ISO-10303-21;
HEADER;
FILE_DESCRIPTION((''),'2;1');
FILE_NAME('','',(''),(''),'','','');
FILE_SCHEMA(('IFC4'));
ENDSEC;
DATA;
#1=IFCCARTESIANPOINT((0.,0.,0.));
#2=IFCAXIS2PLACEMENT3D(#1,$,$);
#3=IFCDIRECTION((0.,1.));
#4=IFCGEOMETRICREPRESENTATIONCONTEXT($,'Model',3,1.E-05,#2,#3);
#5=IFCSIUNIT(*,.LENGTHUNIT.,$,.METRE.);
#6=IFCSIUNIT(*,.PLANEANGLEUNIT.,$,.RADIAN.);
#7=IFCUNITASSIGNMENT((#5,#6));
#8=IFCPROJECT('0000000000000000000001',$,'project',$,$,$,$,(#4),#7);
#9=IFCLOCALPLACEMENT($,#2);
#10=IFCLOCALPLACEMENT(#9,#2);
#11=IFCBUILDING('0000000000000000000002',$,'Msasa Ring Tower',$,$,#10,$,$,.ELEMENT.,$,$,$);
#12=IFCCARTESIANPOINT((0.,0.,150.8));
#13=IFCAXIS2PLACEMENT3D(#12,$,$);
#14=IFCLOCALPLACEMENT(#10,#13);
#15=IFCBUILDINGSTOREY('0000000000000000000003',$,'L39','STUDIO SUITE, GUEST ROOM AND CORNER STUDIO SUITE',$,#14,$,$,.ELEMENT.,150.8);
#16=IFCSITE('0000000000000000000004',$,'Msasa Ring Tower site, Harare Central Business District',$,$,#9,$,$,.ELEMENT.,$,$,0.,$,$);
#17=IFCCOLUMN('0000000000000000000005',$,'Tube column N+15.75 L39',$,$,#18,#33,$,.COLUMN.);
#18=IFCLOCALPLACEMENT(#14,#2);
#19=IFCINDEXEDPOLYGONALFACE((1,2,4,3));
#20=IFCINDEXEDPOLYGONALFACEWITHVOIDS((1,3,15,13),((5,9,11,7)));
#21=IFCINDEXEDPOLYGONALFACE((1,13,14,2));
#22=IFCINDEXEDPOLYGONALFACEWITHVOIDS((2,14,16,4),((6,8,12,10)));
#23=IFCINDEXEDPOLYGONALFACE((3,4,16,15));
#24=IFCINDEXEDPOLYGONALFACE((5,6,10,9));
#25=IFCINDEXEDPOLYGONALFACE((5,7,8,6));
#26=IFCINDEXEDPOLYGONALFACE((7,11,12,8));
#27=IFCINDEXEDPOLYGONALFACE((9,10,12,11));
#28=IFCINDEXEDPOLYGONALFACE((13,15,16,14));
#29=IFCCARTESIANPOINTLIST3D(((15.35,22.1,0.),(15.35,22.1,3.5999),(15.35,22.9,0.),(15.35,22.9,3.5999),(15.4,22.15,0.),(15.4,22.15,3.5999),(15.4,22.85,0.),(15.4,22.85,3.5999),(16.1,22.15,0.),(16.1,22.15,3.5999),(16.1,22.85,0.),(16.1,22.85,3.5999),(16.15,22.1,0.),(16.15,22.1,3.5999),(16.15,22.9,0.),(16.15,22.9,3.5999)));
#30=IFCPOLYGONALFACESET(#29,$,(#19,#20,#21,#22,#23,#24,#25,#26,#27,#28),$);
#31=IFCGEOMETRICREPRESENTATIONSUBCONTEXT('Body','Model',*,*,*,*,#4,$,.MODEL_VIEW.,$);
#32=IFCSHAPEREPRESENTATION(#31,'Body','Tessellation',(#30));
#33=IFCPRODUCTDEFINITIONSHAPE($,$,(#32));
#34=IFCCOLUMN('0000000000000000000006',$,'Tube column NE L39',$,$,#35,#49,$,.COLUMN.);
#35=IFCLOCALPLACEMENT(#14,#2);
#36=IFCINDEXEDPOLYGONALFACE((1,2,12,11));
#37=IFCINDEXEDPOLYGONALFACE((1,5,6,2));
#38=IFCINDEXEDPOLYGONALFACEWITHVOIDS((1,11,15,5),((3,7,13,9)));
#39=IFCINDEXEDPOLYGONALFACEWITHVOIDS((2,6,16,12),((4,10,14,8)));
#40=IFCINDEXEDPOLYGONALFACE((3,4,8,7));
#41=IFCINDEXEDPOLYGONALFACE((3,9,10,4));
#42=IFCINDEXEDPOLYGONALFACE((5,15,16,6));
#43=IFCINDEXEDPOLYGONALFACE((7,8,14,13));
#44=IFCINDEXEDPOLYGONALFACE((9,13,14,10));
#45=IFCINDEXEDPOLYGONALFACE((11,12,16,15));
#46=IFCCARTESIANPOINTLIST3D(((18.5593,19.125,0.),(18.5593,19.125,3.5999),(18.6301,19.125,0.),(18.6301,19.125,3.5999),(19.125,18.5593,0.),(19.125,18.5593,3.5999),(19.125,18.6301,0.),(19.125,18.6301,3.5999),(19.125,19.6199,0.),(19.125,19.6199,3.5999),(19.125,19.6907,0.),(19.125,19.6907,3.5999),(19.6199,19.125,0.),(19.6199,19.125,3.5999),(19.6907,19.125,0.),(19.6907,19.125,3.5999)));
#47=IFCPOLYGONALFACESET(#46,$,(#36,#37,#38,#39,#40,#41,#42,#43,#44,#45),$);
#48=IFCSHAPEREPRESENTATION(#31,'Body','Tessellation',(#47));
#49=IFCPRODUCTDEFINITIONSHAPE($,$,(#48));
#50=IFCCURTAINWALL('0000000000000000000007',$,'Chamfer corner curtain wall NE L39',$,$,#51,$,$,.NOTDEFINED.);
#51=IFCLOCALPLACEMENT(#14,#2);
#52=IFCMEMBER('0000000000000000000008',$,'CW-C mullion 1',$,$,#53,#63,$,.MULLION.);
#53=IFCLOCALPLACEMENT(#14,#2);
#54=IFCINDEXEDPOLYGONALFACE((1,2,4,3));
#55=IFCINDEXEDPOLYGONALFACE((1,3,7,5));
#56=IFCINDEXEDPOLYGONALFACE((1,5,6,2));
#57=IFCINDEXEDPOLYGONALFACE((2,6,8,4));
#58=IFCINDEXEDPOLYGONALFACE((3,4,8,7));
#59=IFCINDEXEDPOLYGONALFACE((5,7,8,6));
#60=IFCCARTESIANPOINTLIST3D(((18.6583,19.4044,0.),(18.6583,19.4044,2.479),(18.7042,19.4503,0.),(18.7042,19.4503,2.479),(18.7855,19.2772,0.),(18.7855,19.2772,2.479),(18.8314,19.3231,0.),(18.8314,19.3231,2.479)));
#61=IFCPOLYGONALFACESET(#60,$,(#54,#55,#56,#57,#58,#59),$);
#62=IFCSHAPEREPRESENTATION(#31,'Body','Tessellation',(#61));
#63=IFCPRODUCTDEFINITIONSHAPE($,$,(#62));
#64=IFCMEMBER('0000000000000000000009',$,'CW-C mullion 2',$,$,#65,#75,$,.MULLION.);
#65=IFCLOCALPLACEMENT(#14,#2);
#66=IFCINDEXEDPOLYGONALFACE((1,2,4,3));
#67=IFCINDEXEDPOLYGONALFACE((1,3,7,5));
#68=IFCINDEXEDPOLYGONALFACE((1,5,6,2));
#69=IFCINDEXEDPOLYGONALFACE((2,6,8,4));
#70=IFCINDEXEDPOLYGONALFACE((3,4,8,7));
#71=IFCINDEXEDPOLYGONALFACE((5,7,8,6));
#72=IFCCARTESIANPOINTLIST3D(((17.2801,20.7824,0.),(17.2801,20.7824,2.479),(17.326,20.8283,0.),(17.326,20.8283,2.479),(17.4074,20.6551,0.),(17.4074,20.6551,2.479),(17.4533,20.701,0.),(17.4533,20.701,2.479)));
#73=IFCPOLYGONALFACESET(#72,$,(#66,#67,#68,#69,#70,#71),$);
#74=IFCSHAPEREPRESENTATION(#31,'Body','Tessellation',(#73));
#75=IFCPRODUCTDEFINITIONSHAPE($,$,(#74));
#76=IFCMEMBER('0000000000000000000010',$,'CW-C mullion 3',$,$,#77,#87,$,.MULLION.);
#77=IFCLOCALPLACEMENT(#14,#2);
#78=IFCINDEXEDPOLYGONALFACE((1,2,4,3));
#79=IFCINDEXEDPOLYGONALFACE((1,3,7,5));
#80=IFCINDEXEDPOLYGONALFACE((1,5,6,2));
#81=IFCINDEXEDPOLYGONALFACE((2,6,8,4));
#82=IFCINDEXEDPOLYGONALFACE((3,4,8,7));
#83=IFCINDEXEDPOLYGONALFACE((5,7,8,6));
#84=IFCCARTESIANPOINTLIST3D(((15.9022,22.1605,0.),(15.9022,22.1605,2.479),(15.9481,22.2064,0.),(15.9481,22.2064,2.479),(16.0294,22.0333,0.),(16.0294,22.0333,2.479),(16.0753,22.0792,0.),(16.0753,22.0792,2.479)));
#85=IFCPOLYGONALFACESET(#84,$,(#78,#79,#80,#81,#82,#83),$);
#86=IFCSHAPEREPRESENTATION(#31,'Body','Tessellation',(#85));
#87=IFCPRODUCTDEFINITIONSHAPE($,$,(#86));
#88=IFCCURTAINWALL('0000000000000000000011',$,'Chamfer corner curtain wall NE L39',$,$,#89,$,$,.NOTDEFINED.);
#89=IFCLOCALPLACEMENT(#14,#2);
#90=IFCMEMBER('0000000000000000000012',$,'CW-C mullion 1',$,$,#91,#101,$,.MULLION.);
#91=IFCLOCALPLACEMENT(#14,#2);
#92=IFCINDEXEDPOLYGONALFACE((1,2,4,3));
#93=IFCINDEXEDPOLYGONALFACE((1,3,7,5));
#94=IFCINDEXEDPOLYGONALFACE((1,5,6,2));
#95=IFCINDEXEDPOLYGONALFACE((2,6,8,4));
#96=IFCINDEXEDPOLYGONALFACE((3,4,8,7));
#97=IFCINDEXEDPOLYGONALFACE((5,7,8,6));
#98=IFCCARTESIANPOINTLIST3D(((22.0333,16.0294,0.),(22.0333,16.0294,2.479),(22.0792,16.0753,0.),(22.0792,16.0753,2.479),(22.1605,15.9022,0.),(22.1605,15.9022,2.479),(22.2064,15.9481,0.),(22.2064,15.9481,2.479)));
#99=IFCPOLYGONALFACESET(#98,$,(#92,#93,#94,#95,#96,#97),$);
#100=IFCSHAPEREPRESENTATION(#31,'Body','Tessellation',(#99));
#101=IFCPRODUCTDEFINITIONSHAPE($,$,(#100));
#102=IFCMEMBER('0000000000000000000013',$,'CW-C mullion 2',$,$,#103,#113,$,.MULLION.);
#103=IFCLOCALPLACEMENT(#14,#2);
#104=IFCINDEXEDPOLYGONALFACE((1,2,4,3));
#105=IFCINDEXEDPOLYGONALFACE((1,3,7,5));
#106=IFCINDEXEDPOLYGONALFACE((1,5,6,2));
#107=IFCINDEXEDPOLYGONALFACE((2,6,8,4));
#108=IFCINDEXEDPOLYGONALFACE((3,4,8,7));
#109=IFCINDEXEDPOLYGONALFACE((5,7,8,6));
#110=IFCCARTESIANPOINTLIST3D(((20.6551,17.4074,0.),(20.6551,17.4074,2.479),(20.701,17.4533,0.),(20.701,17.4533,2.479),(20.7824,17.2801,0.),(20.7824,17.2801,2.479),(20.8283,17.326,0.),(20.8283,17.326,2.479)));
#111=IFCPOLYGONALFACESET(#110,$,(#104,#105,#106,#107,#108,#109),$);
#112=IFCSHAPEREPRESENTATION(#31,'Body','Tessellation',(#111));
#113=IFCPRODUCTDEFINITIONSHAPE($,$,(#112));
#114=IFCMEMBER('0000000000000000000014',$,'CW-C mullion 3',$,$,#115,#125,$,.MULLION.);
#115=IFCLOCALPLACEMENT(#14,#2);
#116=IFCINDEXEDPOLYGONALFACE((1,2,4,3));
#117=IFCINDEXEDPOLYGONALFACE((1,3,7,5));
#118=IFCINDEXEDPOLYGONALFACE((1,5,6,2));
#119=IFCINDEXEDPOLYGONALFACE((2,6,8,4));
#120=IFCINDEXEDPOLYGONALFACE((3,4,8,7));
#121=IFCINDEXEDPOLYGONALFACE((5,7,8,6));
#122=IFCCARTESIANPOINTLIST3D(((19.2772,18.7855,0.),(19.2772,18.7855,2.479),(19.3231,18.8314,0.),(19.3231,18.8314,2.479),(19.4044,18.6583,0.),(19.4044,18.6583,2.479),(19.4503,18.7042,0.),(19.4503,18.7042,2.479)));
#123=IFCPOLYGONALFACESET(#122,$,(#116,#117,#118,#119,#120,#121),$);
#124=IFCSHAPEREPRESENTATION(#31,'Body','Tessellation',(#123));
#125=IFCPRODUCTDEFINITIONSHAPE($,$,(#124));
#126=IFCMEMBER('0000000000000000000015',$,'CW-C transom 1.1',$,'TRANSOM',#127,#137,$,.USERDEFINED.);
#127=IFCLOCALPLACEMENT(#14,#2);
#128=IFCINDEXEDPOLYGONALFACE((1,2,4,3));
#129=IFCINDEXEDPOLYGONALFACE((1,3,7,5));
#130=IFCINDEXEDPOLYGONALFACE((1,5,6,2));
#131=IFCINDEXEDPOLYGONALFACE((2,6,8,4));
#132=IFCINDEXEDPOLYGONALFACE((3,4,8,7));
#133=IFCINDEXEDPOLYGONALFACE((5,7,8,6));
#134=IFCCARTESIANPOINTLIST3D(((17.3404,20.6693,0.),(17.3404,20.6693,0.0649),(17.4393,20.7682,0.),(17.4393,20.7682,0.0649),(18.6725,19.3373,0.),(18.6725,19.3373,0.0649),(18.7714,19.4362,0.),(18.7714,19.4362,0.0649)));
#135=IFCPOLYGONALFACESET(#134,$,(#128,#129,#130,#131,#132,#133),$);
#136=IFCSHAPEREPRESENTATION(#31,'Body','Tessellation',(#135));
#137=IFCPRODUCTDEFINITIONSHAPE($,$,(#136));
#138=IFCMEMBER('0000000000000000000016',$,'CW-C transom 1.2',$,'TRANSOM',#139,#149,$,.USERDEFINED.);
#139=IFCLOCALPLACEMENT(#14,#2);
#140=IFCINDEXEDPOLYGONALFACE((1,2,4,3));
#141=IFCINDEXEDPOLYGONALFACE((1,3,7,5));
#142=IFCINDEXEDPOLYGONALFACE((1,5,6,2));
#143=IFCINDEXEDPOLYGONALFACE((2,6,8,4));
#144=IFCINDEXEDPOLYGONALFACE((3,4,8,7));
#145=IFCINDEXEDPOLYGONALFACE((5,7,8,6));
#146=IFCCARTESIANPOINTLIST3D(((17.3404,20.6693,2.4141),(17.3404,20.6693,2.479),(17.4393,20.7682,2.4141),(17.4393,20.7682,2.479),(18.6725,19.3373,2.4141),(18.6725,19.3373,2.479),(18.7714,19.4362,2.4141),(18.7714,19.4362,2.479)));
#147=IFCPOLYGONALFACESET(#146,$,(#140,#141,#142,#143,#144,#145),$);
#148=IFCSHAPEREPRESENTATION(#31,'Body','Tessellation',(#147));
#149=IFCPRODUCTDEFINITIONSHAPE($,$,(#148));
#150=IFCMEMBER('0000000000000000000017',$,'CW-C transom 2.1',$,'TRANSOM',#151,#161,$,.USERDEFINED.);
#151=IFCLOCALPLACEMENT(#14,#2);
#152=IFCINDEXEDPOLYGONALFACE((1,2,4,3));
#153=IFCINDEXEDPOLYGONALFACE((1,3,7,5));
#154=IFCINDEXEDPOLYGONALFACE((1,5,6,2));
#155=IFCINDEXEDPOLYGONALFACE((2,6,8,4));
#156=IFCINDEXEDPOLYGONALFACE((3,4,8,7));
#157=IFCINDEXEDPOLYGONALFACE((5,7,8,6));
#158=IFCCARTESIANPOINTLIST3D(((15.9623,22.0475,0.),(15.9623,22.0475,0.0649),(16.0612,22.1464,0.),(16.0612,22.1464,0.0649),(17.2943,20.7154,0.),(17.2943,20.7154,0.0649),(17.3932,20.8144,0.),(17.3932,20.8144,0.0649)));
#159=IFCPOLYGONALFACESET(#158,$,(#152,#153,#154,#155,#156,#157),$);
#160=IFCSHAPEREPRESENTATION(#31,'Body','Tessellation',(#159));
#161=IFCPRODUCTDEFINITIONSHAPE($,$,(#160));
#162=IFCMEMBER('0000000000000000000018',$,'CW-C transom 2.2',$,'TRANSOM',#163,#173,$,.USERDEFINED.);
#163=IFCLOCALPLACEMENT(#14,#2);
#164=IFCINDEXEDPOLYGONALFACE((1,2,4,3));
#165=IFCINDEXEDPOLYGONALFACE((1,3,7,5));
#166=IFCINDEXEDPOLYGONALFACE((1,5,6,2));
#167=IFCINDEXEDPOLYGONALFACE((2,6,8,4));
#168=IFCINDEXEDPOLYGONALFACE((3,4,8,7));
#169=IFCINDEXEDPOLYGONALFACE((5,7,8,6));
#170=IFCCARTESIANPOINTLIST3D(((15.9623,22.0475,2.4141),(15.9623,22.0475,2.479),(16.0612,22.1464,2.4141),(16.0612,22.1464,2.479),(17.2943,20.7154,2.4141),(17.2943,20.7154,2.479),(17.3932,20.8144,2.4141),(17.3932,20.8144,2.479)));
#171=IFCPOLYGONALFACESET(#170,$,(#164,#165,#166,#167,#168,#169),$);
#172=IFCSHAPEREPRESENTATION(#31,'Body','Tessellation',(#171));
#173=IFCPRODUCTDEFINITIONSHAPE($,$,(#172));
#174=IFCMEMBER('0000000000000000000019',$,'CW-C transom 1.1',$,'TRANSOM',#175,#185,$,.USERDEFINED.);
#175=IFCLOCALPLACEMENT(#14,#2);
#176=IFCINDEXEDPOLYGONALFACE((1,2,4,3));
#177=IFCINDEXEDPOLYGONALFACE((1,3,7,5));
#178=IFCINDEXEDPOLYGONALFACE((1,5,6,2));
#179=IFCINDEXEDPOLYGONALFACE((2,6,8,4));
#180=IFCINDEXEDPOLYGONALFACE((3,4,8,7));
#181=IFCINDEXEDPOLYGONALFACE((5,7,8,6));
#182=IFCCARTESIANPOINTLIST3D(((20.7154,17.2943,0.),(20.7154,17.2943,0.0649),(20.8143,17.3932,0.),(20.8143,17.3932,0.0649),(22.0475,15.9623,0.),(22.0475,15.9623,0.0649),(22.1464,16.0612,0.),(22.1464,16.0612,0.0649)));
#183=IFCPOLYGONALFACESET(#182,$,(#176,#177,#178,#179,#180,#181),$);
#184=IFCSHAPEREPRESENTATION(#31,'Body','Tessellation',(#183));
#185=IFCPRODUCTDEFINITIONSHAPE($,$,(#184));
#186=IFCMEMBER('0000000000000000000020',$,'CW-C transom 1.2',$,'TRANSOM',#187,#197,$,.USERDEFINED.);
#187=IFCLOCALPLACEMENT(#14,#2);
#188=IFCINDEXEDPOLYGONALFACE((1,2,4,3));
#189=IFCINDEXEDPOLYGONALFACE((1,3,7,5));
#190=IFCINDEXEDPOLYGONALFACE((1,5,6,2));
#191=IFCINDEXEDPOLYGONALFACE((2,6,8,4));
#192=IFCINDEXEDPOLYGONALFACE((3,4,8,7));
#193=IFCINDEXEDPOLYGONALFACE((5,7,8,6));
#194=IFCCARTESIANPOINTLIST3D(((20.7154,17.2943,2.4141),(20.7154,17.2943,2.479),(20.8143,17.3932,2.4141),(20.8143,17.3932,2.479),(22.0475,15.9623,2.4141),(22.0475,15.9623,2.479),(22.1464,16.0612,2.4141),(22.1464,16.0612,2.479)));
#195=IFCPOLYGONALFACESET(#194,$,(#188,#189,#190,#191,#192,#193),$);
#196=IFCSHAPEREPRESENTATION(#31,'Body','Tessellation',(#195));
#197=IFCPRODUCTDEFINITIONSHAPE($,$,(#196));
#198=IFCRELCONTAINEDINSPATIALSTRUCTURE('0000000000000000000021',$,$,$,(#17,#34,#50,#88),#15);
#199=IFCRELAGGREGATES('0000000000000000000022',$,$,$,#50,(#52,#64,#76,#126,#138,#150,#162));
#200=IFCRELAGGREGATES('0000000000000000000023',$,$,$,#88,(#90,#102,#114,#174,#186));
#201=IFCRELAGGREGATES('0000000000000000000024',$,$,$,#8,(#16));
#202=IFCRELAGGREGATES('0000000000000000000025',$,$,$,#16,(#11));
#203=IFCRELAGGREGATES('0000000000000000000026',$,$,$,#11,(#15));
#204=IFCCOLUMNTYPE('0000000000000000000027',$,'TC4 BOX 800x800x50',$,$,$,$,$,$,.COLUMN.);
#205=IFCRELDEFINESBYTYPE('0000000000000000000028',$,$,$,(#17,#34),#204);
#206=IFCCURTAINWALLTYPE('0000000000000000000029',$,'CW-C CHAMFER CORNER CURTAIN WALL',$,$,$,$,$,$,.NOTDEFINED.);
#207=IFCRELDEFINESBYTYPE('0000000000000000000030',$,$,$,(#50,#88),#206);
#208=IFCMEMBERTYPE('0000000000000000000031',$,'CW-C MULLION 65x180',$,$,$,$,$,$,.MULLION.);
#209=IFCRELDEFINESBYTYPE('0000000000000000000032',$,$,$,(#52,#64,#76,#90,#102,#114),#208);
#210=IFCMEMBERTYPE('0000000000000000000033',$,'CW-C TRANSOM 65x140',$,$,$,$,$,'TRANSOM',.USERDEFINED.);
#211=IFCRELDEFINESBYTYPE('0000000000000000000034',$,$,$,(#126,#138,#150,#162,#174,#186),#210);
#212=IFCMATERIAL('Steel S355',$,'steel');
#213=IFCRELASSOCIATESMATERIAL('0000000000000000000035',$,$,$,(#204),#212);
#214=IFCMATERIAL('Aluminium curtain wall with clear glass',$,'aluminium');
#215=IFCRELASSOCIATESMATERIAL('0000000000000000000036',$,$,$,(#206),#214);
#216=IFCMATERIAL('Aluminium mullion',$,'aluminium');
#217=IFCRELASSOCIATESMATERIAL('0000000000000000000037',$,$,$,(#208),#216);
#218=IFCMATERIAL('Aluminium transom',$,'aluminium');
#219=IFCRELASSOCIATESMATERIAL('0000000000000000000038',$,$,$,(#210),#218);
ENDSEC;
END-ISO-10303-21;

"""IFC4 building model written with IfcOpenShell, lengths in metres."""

from ifc_helpers import new_model, si_unit, direction, frame, origin, origin_2d, place, context, subcontext, project, spatial, rectangle, hollow_rectangle, extrude, material, material_profile, profile_set, type_object, element, aggregate, save


model = new_model("IFC4")

# Units and contexts
model_context = context("Model", 3, precision=1e-05, world=origin(), true_north=direction((0.0, 1.0)))
body_context = subcontext(model_context, "Body", "Model", "MODEL_VIEW")
ifc_project = project(units=[si_unit("LENGTHUNIT", "METRE"), si_unit("PLANEANGLEUNIT", "RADIAN")], contexts=[model_context])

# Site, building, storey
site_placement = place(None, origin())
site = spatial("IfcSite", under=ifc_project, at=site_placement, Name="Msasa Ring Tower site, Harare Central Business District", CompositionType="ELEMENT", RefElevation=0.0)
building_placement = place(site_placement, origin())
building = spatial("IfcBuilding", under=site, at=building_placement, Name="Msasa Ring Tower", CompositionType="ELEMENT")
storey_placement = place(building_placement, frame((0.0, 0.0, 150.8)))
storey = spatial("IfcBuildingStorey", under=building, at=storey_placement, Name="L39", Description="STUDIO SUITE, GUEST ROOM AND CORNER STUDIO SUITE", CompositionType="ELEMENT", Elevation=150.8)

# Columns
ifc_material_1 = material(Name="Steel S355", Category="steel")
ifc_material_profile_1 = material_profile(ifc_material_1, hollow_rectangle(XDim=0.8, YDim=0.8, WallThickness=0.05, at=origin_2d()), Name="BOX 800x800x50")
ifc_profile_set_1 = profile_set([ifc_material_profile_1], Name="Steel S355")
column_type = type_object("IfcColumnType", Name="TC4 BOX 800x800x50", PredefinedType="COLUMN", material=ifc_profile_set_1)
for number, where, z_axis, x_axis, name in (
    (1, (15.75, 22.5, 0.0), (0.0, 0.0, 1.0), (0.0, 1.0, 0.0), "Tube column N+15.75 L39"),
    (2, (19.125, 19.125, 0.0), (0.0, 0.0, 1.0), (0.707107, 0.707107, 0.0), "Tube column NE L39"),
):
    element("IfcColumn", number, at=place(storey_placement, frame(where, z_axis=z_axis, x_axis=x_axis)), inside=storey, type_object=column_type, Name=name, PredefinedType="COLUMN", context=body_context, shape_type="SweptSolid", body=[
        extrude(hollow_rectangle(XDim=0.8, YDim=0.8, WallThickness=0.05, at=origin_2d()), origin(), (0.0, 0.0, 1.0), 3.5999),
    ])

# Curtain walls, members
ifc_material_2 = material(Name="Aluminium curtain wall with clear glass", Category="aluminium")
curtain_wall_type = type_object("IfcCurtainWallType", Name="CW-C CHAMFER CORNER CURTAIN WALL", PredefinedType="NOTDEFINED", material=ifc_material_2)
curtain_wall_1_placement = place(storey_placement, origin())
curtain_wall_1 = element("IfcCurtainWall", 3, at=curtain_wall_1_placement, inside=storey, type_object=curtain_wall_type, Name="Chamfer corner curtain wall NE L39", PredefinedType="NOTDEFINED")
ifc_material_3 = material(Name="Aluminium mullion", Category="aluminium")
ifc_material_profile_2 = material_profile(ifc_material_3, rectangle(XDim=0.0649, YDim=0.1799, at=origin_2d()), Name="AL 65x180")
ifc_profile_set_2 = profile_set([ifc_material_profile_2], Name="Aluminium mullion")
member_type_1 = type_object("IfcMemberType", Name="CW-C MULLION 65x180", PredefinedType="MULLION", material=ifc_profile_set_2)
member_1_placement = place(storey_placement, frame((18.7449, 19.3638, 0.0), z_axis=(0.0, 0.0, 1.0), x_axis=(-0.707107, -0.707107, 0.0)))
member_1 = element("IfcMember", 4, at=member_1_placement, type_object=member_type_1, Name="CW-C mullion 1", PredefinedType="MULLION", context=body_context, shape_type="SweptSolid", body=[
    extrude(rectangle(XDim=0.0649, YDim=0.1799, at=origin_2d()), origin(), (0.0, 0.0, 1.0), 2.479),
])
member_2_placement = place(storey_placement, frame((17.3667, 20.7417, 0.0), z_axis=(0.0, 0.0, 1.0), x_axis=(-0.707107, -0.707107, 0.0)))
member_2 = element("IfcMember", 5, at=member_2_placement, type_object=member_type_1, Name="CW-C mullion 2", PredefinedType="MULLION", context=body_context, shape_type="SweptSolid", body=[
    extrude(rectangle(XDim=0.0649, YDim=0.1799, at=origin_2d()), origin(), (0.0, 0.0, 1.0), 2.479),
])
member_3_placement = place(storey_placement, frame((15.9888, 22.1199, 0.0), z_axis=(0.0, 0.0, 1.0), x_axis=(-0.707107, -0.707107, 0.0)))
member_3 = element("IfcMember", 6, at=member_3_placement, type_object=member_type_1, Name="CW-C mullion 3", PredefinedType="MULLION", context=body_context, shape_type="SweptSolid", body=[
    extrude(rectangle(XDim=0.0649, YDim=0.1799, at=origin_2d()), origin(), (0.0, 0.0, 1.0), 2.479),
])
curtain_wall_2_placement = place(storey_placement, origin())
curtain_wall_2 = element("IfcCurtainWall", 7, at=curtain_wall_2_placement, inside=storey, type_object=curtain_wall_type, Name="Chamfer corner curtain wall NE L39", PredefinedType="NOTDEFINED")
member_4_placement = place(storey_placement, frame((22.1199, 15.9888, 0.0), z_axis=(0.0, 0.0, 1.0), x_axis=(-0.707107, -0.707107, 0.0)))
member_4 = element("IfcMember", 8, at=member_4_placement, type_object=member_type_1, Name="CW-C mullion 1", PredefinedType="MULLION", context=body_context, shape_type="SweptSolid", body=[
    extrude(rectangle(XDim=0.0649, YDim=0.1799, at=origin_2d()), origin(), (0.0, 0.0, 1.0), 2.479),
])
member_5_placement = place(storey_placement, frame((20.7417, 17.3667, 0.0), z_axis=(0.0, 0.0, 1.0), x_axis=(-0.707107, -0.707107, 0.0)))
member_5 = element("IfcMember", 9, at=member_5_placement, type_object=member_type_1, Name="CW-C mullion 2", PredefinedType="MULLION", context=body_context, shape_type="SweptSolid", body=[
    extrude(rectangle(XDim=0.0649, YDim=0.1799, at=origin_2d()), origin(), (0.0, 0.0, 1.0), 2.479),
])
member_6_placement = place(storey_placement, frame((19.3638, 18.7449, 0.0), z_axis=(0.0, 0.0, 1.0), x_axis=(-0.707107, -0.707107, 0.0)))
member_6 = element("IfcMember", 10, at=member_6_placement, type_object=member_type_1, Name="CW-C mullion 3", PredefinedType="MULLION", context=body_context, shape_type="SweptSolid", body=[
    extrude(rectangle(XDim=0.0649, YDim=0.1799, at=origin_2d()), origin(), (0.0, 0.0, 1.0), 2.479),
])

# Members
ifc_material_4 = material(Name="Aluminium transom", Category="aluminium")
ifc_material_profile_3 = material_profile(ifc_material_4, rectangle(XDim=0.1399, YDim=0.0649, at=origin_2d()), Name="AL 65x140")
ifc_profile_set_3 = profile_set([ifc_material_profile_3], Name="Aluminium transom")
member_type_2 = type_object("IfcMemberType", Name="CW-C TRANSOM 65x140", ElementType="TRANSOM", PredefinedType="USERDEFINED", material=ifc_profile_set_3)
member_7_placement = place(storey_placement, frame((18.7219, 19.3867, 0.0325), z_axis=(-0.707107, 0.707107, 0.0), x_axis=(-0.707107, -0.707107, 0.0)))
member_7 = element("IfcMember", 11, at=member_7_placement, type_object=member_type_2, Name="CW-C transom 1.1", ObjectType="TRANSOM", PredefinedType="USERDEFINED", context=body_context, shape_type="SweptSolid", body=[
    extrude(rectangle(XDim=0.1399, YDim=0.0649, at=origin_2d()), origin(), (0.0, 0.0, 1.0), 1.8838),
])
member_8_placement = place(storey_placement, frame((18.7219, 19.3867, 2.4465), z_axis=(-0.707107, 0.707107, 0.0), x_axis=(-0.707107, -0.707107, 0.0)))
member_8 = element("IfcMember", 12, at=member_8_placement, type_object=member_type_2, Name="CW-C transom 1.2", ObjectType="TRANSOM", PredefinedType="USERDEFINED", context=body_context, shape_type="SweptSolid", body=[
    extrude(rectangle(XDim=0.1399, YDim=0.0649, at=origin_2d()), origin(), (0.0, 0.0, 1.0), 1.8838),
])
member_9_placement = place(storey_placement, frame((17.3438, 20.7649, 0.0325), z_axis=(-0.707107, 0.707107, 0.0), x_axis=(-0.707107, -0.707107, 0.0)))
member_9 = element("IfcMember", 13, at=member_9_placement, type_object=member_type_2, Name="CW-C transom 2.1", ObjectType="TRANSOM", PredefinedType="USERDEFINED", context=body_context, shape_type="SweptSolid", body=[
    extrude(rectangle(XDim=0.1399, YDim=0.0649, at=origin_2d()), origin(), (0.0, 0.0, 1.0), 1.8838),
])
member_10_placement = place(storey_placement, frame((17.3438, 20.7649, 2.4465), z_axis=(-0.707107, 0.707107, 0.0), x_axis=(-0.707107, -0.707107, 0.0)))
member_10 = element("IfcMember", 14, at=member_10_placement, type_object=member_type_2, Name="CW-C transom 2.2", ObjectType="TRANSOM", PredefinedType="USERDEFINED", context=body_context, shape_type="SweptSolid", body=[
    extrude(rectangle(XDim=0.1399, YDim=0.0649, at=origin_2d()), origin(), (0.0, 0.0, 1.0), 1.8838),
])
member_11_placement = place(storey_placement, frame((22.0969, 16.0117, 0.0325), z_axis=(-0.707107, 0.707107, 0.0), x_axis=(-0.707107, -0.707107, 0.0)))
member_11 = element("IfcMember", 15, at=member_11_placement, type_object=member_type_2, Name="CW-C transom 1.1", ObjectType="TRANSOM", PredefinedType="USERDEFINED", context=body_context, shape_type="SweptSolid", body=[
    extrude(rectangle(XDim=0.1399, YDim=0.0649, at=origin_2d()), origin(), (0.0, 0.0, 1.0), 1.8838),
])
member_12_placement = place(storey_placement, frame((22.0969, 16.0117, 2.4465), z_axis=(-0.707107, 0.707107, 0.0), x_axis=(-0.707107, -0.707107, 0.0)))
member_12 = element("IfcMember", 16, at=member_12_placement, type_object=member_type_2, Name="CW-C transom 1.2", ObjectType="TRANSOM", PredefinedType="USERDEFINED", context=body_context, shape_type="SweptSolid", body=[
    extrude(rectangle(XDim=0.1399, YDim=0.0649, at=origin_2d()), origin(), (0.0, 0.0, 1.0), 1.8838),
])

aggregate(curtain_wall_1, [member_1, member_2, member_3, member_7, member_8, member_9, member_10])
aggregate(curtain_wall_2, [member_4, member_5, member_6, member_11, member_12])

save(model, "model.ifc")
